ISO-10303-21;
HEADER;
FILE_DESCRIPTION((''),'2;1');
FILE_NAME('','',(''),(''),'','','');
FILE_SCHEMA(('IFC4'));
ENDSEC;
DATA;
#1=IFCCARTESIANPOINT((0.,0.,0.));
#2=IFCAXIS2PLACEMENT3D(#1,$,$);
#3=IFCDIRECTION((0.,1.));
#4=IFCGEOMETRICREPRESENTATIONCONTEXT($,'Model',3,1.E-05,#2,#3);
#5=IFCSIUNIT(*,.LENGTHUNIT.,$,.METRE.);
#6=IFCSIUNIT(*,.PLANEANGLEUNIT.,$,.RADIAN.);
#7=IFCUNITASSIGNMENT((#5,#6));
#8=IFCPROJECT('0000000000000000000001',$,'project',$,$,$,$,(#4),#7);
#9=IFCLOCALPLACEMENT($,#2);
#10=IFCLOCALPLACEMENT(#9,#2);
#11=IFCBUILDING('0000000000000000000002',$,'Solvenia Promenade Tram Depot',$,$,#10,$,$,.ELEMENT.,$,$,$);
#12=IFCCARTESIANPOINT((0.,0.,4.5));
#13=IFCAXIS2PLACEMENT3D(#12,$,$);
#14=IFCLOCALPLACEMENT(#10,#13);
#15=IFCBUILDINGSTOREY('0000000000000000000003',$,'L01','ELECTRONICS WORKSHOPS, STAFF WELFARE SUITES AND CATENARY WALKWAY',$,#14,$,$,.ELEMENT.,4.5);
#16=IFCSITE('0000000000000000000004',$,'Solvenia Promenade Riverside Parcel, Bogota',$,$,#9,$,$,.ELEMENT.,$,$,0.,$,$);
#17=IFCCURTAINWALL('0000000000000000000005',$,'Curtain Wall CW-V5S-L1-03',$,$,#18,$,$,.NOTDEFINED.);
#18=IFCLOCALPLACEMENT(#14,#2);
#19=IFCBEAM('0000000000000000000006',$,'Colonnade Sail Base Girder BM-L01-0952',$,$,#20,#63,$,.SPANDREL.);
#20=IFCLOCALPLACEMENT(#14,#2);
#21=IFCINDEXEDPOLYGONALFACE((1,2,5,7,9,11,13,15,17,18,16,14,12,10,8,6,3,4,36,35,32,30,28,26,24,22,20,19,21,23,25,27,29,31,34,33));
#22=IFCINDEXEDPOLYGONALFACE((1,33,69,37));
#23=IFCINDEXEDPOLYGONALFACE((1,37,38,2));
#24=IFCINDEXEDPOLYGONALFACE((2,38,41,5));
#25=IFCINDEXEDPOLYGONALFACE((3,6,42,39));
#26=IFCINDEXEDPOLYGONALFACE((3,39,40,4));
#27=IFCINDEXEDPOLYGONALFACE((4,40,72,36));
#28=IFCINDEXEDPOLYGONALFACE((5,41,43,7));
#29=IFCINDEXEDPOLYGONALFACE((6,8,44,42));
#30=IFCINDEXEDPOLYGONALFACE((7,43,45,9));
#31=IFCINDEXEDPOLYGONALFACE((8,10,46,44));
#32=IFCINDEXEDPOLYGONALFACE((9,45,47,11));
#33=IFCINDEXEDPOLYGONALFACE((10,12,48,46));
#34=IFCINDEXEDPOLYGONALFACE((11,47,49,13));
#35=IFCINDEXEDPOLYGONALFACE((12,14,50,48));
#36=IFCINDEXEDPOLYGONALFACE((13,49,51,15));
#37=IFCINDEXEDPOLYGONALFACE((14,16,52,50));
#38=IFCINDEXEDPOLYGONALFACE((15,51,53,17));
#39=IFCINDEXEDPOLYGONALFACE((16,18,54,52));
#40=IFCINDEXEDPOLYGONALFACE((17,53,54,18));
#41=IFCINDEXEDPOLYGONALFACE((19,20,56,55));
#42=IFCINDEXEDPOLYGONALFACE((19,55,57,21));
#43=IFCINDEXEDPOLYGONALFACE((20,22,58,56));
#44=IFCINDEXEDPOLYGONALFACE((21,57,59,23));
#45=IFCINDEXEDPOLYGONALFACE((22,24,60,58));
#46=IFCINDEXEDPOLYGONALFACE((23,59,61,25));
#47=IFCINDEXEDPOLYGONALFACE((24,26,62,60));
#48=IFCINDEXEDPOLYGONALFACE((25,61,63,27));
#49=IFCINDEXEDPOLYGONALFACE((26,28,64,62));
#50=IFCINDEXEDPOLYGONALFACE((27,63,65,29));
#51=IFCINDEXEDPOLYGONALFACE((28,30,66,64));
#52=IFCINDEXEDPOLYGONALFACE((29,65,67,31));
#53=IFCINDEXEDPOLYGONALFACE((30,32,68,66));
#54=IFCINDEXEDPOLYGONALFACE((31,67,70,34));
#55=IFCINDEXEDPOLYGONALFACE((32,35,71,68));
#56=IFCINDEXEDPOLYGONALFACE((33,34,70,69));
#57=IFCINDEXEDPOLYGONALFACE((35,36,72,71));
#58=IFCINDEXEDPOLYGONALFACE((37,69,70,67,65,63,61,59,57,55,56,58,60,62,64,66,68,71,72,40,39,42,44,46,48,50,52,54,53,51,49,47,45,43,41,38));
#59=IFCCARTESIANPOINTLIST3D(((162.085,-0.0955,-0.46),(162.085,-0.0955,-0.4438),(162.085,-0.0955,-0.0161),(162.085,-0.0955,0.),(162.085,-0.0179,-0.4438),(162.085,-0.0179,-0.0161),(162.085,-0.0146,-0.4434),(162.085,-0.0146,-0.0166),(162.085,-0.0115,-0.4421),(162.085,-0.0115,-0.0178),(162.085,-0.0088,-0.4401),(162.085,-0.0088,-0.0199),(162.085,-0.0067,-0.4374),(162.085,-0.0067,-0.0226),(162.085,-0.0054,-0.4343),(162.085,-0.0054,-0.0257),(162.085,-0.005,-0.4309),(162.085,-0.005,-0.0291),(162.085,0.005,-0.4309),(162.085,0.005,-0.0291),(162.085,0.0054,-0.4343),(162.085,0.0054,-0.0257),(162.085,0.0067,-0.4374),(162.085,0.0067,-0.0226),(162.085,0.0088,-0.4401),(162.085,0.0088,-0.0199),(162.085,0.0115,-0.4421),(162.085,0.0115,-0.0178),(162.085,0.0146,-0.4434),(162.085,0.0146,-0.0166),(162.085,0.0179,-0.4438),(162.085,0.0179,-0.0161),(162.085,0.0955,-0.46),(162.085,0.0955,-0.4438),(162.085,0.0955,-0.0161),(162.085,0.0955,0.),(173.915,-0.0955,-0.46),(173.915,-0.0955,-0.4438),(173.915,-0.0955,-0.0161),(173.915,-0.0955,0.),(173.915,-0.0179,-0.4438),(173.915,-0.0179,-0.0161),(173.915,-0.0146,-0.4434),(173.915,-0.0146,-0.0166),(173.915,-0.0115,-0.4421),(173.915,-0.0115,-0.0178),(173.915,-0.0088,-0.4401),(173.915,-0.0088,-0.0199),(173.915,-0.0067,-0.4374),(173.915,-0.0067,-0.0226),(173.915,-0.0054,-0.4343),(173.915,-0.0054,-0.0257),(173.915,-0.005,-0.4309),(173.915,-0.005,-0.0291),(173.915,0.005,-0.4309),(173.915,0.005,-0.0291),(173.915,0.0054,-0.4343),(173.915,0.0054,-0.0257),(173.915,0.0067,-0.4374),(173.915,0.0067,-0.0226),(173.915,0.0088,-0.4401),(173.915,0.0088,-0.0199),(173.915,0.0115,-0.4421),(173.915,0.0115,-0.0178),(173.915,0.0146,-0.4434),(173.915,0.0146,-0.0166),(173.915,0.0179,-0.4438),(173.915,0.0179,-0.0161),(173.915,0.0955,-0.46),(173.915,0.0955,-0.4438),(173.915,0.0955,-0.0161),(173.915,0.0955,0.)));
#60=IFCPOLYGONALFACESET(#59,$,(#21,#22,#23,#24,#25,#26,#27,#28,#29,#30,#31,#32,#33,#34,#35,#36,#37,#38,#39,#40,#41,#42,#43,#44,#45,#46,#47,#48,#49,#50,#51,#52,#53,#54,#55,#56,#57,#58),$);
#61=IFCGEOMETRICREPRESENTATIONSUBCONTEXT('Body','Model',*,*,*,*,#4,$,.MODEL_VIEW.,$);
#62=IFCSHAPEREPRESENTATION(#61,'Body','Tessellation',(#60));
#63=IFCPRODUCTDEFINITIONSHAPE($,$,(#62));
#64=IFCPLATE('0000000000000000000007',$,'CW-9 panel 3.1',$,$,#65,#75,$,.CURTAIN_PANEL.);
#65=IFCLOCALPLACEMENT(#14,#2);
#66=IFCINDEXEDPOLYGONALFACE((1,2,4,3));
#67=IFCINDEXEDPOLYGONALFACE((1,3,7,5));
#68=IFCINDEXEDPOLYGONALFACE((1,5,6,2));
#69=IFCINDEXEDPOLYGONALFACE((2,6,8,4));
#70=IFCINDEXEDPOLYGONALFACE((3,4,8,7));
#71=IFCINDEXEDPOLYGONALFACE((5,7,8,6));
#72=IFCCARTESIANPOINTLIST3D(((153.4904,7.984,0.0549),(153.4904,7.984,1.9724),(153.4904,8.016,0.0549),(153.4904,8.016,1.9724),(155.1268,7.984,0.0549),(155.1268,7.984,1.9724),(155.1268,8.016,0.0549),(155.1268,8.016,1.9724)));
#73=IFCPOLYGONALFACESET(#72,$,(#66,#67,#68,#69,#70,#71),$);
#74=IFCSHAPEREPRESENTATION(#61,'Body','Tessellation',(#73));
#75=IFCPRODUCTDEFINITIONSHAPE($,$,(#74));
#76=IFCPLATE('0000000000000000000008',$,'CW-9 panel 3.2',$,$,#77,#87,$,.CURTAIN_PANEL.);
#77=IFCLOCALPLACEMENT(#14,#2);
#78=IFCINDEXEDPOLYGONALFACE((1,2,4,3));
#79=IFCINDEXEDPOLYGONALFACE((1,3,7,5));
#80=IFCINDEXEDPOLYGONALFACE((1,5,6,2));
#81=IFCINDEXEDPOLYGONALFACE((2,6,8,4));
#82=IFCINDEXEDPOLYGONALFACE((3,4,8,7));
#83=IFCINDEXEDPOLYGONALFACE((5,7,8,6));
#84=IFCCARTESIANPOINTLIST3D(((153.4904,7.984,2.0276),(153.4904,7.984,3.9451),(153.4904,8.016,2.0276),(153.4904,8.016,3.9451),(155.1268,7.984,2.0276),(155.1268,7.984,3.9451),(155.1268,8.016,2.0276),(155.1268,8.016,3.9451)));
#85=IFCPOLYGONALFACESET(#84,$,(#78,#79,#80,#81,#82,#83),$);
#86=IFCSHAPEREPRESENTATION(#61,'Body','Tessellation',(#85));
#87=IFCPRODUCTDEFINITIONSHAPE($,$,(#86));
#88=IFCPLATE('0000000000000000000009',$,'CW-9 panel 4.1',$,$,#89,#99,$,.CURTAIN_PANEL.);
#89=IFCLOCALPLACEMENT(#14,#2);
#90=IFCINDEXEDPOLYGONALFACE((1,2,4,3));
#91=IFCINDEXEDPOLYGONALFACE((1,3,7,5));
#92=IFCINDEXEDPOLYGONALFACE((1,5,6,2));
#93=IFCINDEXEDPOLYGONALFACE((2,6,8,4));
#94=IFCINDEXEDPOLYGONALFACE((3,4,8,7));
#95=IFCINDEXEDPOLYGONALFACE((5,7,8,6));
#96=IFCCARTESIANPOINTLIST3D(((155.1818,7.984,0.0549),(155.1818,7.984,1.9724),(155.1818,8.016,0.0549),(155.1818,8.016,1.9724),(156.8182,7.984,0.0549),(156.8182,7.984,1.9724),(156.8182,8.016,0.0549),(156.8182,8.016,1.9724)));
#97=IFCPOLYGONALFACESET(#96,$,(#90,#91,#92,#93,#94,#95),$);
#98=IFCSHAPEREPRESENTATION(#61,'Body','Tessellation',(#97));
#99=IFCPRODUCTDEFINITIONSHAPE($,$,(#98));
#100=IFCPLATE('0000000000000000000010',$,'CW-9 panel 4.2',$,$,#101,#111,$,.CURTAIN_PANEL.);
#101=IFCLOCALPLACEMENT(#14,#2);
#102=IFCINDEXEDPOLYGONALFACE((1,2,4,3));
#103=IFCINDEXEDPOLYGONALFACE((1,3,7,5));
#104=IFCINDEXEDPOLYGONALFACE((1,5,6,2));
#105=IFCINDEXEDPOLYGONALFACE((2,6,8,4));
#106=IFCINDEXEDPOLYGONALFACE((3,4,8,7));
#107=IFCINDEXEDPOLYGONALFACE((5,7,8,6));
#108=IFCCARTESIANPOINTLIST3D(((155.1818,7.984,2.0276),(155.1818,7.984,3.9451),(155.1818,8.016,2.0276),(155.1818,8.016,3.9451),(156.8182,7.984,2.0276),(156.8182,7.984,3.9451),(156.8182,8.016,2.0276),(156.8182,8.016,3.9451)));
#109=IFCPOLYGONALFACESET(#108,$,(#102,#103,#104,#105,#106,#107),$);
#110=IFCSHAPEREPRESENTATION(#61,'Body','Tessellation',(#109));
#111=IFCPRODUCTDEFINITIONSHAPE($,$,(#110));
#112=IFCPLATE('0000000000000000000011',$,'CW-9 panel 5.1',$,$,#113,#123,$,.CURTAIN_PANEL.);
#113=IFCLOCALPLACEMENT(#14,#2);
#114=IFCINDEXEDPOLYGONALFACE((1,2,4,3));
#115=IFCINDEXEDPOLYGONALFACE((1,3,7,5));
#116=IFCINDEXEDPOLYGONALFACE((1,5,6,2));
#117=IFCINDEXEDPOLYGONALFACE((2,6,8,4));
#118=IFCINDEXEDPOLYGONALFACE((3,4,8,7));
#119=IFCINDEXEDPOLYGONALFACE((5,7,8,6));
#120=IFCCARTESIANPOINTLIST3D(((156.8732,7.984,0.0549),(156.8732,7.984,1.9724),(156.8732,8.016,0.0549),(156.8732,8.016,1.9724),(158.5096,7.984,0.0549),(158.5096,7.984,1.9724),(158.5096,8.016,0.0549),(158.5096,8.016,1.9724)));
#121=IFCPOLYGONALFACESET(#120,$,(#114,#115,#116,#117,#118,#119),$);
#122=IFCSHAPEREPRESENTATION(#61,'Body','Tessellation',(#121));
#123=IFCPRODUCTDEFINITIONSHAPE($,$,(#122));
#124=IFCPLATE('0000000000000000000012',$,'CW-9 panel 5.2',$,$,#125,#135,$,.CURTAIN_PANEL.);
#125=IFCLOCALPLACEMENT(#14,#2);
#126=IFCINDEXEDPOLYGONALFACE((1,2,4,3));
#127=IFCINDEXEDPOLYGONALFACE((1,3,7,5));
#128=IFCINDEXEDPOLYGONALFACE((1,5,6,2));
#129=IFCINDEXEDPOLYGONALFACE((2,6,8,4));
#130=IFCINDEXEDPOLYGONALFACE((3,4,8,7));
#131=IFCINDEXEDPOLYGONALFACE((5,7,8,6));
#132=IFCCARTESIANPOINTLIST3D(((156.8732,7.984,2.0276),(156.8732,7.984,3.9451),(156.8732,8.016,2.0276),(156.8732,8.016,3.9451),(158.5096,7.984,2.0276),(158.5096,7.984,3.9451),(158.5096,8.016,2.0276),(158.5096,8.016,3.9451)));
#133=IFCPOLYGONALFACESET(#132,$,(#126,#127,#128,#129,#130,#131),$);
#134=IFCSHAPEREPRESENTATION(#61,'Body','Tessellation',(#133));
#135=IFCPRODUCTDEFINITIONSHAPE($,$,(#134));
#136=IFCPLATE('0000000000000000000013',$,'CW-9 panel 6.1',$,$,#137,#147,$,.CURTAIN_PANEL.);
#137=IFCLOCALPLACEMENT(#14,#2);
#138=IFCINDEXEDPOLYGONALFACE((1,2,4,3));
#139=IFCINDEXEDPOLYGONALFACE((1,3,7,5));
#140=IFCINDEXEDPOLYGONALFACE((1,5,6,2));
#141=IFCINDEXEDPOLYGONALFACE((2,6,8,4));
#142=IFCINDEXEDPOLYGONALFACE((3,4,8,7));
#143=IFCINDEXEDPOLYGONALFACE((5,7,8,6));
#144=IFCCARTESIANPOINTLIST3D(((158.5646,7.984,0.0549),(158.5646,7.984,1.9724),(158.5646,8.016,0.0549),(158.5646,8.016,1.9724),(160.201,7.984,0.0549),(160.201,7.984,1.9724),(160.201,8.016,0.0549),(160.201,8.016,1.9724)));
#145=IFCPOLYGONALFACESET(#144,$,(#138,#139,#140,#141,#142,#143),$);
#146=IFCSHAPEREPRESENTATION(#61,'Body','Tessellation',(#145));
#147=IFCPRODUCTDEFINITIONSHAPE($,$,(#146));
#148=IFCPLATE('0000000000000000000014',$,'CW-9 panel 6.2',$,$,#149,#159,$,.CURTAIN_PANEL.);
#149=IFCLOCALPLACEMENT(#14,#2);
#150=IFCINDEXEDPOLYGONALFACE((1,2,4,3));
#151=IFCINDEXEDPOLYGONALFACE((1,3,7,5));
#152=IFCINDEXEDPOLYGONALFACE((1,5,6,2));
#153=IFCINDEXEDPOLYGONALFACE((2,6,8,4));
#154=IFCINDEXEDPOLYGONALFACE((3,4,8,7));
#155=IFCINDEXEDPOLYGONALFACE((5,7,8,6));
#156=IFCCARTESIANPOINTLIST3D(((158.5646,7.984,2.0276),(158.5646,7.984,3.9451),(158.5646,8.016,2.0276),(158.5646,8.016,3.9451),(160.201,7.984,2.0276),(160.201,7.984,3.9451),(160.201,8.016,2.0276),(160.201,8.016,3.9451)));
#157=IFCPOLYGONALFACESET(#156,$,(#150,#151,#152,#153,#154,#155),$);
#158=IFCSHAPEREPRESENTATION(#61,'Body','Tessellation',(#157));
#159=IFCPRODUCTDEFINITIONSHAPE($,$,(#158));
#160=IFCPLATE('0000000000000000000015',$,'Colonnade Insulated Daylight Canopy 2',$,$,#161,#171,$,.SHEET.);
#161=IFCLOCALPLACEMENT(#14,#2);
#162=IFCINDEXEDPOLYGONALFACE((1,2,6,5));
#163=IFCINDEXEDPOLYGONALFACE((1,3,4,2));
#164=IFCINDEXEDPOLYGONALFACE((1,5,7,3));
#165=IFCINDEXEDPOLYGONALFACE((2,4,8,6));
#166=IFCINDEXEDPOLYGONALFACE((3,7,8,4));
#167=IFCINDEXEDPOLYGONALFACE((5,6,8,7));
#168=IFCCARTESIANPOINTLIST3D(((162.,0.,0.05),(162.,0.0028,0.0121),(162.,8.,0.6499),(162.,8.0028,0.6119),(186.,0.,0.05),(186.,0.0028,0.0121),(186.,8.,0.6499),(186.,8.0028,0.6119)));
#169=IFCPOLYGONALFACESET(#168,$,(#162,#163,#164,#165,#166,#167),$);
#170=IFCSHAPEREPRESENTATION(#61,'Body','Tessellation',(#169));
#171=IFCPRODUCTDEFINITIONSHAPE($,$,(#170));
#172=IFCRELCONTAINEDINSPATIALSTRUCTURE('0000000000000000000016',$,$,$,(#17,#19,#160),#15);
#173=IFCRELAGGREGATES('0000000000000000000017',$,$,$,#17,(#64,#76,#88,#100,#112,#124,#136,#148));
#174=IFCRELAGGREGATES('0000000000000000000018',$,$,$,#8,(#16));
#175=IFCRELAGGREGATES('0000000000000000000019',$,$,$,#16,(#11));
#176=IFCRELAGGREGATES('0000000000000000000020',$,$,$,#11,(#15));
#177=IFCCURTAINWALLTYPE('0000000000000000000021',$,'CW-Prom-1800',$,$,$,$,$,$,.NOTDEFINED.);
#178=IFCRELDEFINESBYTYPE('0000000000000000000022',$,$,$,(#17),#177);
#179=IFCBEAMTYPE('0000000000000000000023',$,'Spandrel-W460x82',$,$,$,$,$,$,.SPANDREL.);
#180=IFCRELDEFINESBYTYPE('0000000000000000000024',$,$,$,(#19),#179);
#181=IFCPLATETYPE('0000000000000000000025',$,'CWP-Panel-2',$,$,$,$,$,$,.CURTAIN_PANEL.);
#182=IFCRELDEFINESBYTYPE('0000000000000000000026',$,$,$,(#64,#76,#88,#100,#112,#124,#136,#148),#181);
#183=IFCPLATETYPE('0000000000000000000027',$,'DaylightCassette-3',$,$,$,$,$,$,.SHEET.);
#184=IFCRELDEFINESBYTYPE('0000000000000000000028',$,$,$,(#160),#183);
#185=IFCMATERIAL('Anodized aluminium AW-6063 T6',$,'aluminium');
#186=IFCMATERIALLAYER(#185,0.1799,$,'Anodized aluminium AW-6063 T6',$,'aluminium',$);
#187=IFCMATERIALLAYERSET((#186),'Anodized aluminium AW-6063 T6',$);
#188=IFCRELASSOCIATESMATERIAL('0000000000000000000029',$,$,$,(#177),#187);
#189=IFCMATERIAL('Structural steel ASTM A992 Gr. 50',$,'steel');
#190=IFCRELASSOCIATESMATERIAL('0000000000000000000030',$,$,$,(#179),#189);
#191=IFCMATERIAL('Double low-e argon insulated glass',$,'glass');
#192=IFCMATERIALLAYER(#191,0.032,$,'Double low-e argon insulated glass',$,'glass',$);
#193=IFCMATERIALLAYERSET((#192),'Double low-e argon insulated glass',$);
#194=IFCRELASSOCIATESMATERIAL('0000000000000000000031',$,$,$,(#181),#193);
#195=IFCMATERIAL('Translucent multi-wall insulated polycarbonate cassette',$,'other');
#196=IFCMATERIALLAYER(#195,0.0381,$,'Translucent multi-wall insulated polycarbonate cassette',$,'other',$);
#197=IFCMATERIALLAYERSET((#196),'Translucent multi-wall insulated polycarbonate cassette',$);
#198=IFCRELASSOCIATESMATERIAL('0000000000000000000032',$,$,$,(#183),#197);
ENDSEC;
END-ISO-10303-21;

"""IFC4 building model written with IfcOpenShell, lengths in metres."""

from ifc_helpers import new_model, si_unit, direction, frame, origin, origin_2d, place, context, subcontext, project, spatial, polyline, rectangle, i_section, outline, extrude, material, layer, layer_set, material_profile, profile_set, type_object, element, aggregate, save


model = new_model("IFC4")

# Units and contexts
model_context = context("Model", 3, precision=1e-05, world=origin(), true_north=direction((0.0, 1.0)))
body_context = subcontext(model_context, "Body", "Model", "MODEL_VIEW")
ifc_project = project(units=[si_unit("LENGTHUNIT", "METRE"), si_unit("PLANEANGLEUNIT", "RADIAN")], contexts=[model_context])

# Site, building, storey
site_placement = place(None, origin())
site = spatial("IfcSite", under=ifc_project, at=site_placement, Name="Solvenia Promenade Riverside Parcel, Bogota", CompositionType="ELEMENT", RefElevation=0.0)
building_placement = place(site_placement, origin())
building = spatial("IfcBuilding", under=site, at=building_placement, Name="Solvenia Promenade Tram Depot", CompositionType="ELEMENT")
storey_placement = place(building_placement, frame((0.0, 0.0, 4.5)))
storey = spatial("IfcBuildingStorey", under=building, at=storey_placement, Name="L01", Description="ELECTRONICS WORKSHOPS, STAFF WELFARE SUITES AND CATENARY WALKWAY", CompositionType="ELEMENT", Elevation=4.5)

# Shared definitions
ifc_material_1 = material(Name="Structural steel ASTM A992 Gr. 50", Category="steel")

# Curtain wall
ifc_material_2 = material(Name="Anodized aluminium AW-6063 T6", Category="aluminium")
ifc_layer_1 = layer(ifc_material_2, 0.1799, Name="Anodized aluminium AW-6063 T6", Category="aluminium")
ifc_layer_set_1 = layer_set([ifc_layer_1], Name="Anodized aluminium AW-6063 T6")
curtain_wall_type = type_object("IfcCurtainWallType", Name="CW-Prom-1800", PredefinedType="NOTDEFINED", material=ifc_layer_set_1)
curtain_wall_placement = place(storey_placement, origin())
curtain_wall = element("IfcCurtainWall", 1, at=curtain_wall_placement, inside=storey, type_object=curtain_wall_type, Name="Curtain Wall CW-V5S-L1-03", PredefinedType="NOTDEFINED")

# Beam
ifc_material_profile_1 = material_profile(ifc_material_1, i_section(OverallWidth=0.1909, OverallDepth=0.46, WebThickness=0.01, FlangeThickness=0.0161, FilletRadius=0.0129, at=origin_2d()), Name="W460x82", Category="steel")
ifc_profile_set_1 = profile_set([ifc_material_profile_1], Name="Structural steel ASTM A992 Gr. 50")
beam_type_1 = type_object("IfcBeamType", Name="Spandrel-W460x82", PredefinedType="SPANDREL", material=ifc_profile_set_1)
beam_1_placement = place(storey_placement, frame((162.085, 0.0, -0.23), z_axis=(1.0, 0.0, 0.0), x_axis=(0.0, 1.0, 0.0)))
element("IfcBeam", 2, at=beam_1_placement, inside=storey, type_object=beam_type_1, Name="Colonnade Sail Base Girder BM-L01-0952", PredefinedType="SPANDREL", context=body_context, shape_type="SweptSolid", body=[
    extrude(i_section(OverallWidth=0.1909, OverallDepth=0.46, WebThickness=0.01, FlangeThickness=0.0161, FilletRadius=0.0129, at=origin_2d()), origin(), (0.0, 0.0, 1.0), 11.8301),
])

# Plates
ifc_material_3 = material(Name="Double low-e argon insulated glass", Category="glass")
ifc_layer_2 = layer(ifc_material_3, 0.032, Name="Double low-e argon insulated glass", Category="glass")
ifc_layer_set_2 = layer_set([ifc_layer_2], Name="Double low-e argon insulated glass")
plate_type_1 = type_object("IfcPlateType", Name="CWP-Panel-2", PredefinedType="CURTAIN_PANEL", material=ifc_layer_set_2)
plate_1_placement = place(storey_placement, frame((154.3086, 8.0, 0.0549), z_axis=(0.0, 0.0, 1.0), x_axis=(1.0, 0.0, 0.0)))
plate_1 = element("IfcPlate", 3, at=plate_1_placement, type_object=plate_type_1, Name="CW-9 panel 3.1", PredefinedType="CURTAIN_PANEL", context=body_context, shape_type="SweptSolid", body=[
    extrude(rectangle(XDim=1.6365, YDim=0.032, at=origin_2d()), origin(), (0.0, 0.0, 1.0), 1.9175),
])
plate_2_placement = place(storey_placement, frame((154.3086, 8.0, 2.0276), z_axis=(0.0, 0.0, 1.0), x_axis=(1.0, 0.0, 0.0)))
plate_2 = element("IfcPlate", 4, at=plate_2_placement, type_object=plate_type_1, Name="CW-9 panel 3.2", PredefinedType="CURTAIN_PANEL", context=body_context, shape_type="SweptSolid", body=[
    extrude(rectangle(XDim=1.6365, YDim=0.032, at=origin_2d()), origin(), (0.0, 0.0, 1.0), 1.9175),
])
plate_3_placement = place(storey_placement, frame((156.0, 8.0, 0.0549), z_axis=(0.0, 0.0, 1.0), x_axis=(1.0, 0.0, 0.0)))
plate_3 = element("IfcPlate", 5, at=plate_3_placement, type_object=plate_type_1, Name="CW-9 panel 4.1", PredefinedType="CURTAIN_PANEL", context=body_context, shape_type="SweptSolid", body=[
    extrude(rectangle(XDim=1.6365, YDim=0.032, at=origin_2d()), origin(), (0.0, 0.0, 1.0), 1.9175),
])
plate_4_placement = place(storey_placement, frame((156.0, 8.0, 2.0276), z_axis=(0.0, 0.0, 1.0), x_axis=(1.0, 0.0, 0.0)))
plate_4 = element("IfcPlate", 6, at=plate_4_placement, type_object=plate_type_1, Name="CW-9 panel 4.2", PredefinedType="CURTAIN_PANEL", context=body_context, shape_type="SweptSolid", body=[
    extrude(rectangle(XDim=1.6365, YDim=0.032, at=origin_2d()), origin(), (0.0, 0.0, 1.0), 1.9175),
])
plate_5_placement = place(storey_placement, frame((157.6914, 8.0, 0.0549), z_axis=(0.0, 0.0, 1.0), x_axis=(1.0, 0.0, 0.0)))
plate_5 = element("IfcPlate", 7, at=plate_5_placement, type_object=plate_type_1, Name="CW-9 panel 5.1", PredefinedType="CURTAIN_PANEL", context=body_context, shape_type="SweptSolid", body=[
    extrude(rectangle(XDim=1.6365, YDim=0.032, at=origin_2d()), origin(), (0.0, 0.0, 1.0), 1.9175),
])
plate_6_placement = place(storey_placement, frame((157.6914, 8.0, 2.0276), z_axis=(0.0, 0.0, 1.0), x_axis=(1.0, 0.0, 0.0)))
plate_6 = element("IfcPlate", 8, at=plate_6_placement, type_object=plate_type_1, Name="CW-9 panel 5.2", PredefinedType="CURTAIN_PANEL", context=body_context, shape_type="SweptSolid", body=[
    extrude(rectangle(XDim=1.6365, YDim=0.032, at=origin_2d()), origin(), (0.0, 0.0, 1.0), 1.9175),
])
plate_7_placement = place(storey_placement, frame((159.3828, 8.0, 0.0549), z_axis=(0.0, 0.0, 1.0), x_axis=(1.0, 0.0, 0.0)))
plate_7 = element("IfcPlate", 9, at=plate_7_placement, type_object=plate_type_1, Name="CW-9 panel 6.1", PredefinedType="CURTAIN_PANEL", context=body_context, shape_type="SweptSolid", body=[
    extrude(rectangle(XDim=1.6365, YDim=0.032, at=origin_2d()), origin(), (0.0, 0.0, 1.0), 1.9175),
])
plate_8_placement = place(storey_placement, frame((159.3828, 8.0, 2.0276), z_axis=(0.0, 0.0, 1.0), x_axis=(1.0, 0.0, 0.0)))
plate_8 = element("IfcPlate", 10, at=plate_8_placement, type_object=plate_type_1, Name="CW-9 panel 6.2", PredefinedType="CURTAIN_PANEL", context=body_context, shape_type="SweptSolid", body=[
    extrude(rectangle(XDim=1.6365, YDim=0.032, at=origin_2d()), origin(), (0.0, 0.0, 1.0), 1.9175),
])
aggregate(curtain_wall, [plate_1, plate_2, plate_3, plate_4, plate_5, plate_6, plate_7, plate_8])
ifc_material_4 = material(Name="Translucent multi-wall insulated polycarbonate cassette", Category="other")
ifc_layer_3 = layer(ifc_material_4, 0.0381, Name="Translucent multi-wall insulated polycarbonate cassette", Category="other")
ifc_layer_set_3 = layer_set([ifc_layer_3], Name="Translucent multi-wall insulated polycarbonate cassette")
plate_type_2 = type_object("IfcPlateType", Name="DaylightCassette-3", PredefinedType="SHEET", material=ifc_layer_set_3)
plate_9_placement = place(storey_placement, frame((162.0, 0.0, 0.05), z_axis=(0.0, -0.074772, 0.997201), x_axis=(1.0, 0.0, 0.0)))
element("IfcPlate", 11, at=plate_9_placement, inside=storey, type_object=plate_type_2, Name="Colonnade Insulated Daylight Canopy 2", PredefinedType="SHEET", context=body_context, shape_type="SweptSolid", body=[
    extrude(outline(polyline([(0.0, 0.0), (24.0, 0.0), (24.0, 8.0225), (0.0, 8.0225), (0.0, 0.0)])), origin(), (0.0, 0.0, -1.0), 0.0381),
])

save(model, "model.ifc")
